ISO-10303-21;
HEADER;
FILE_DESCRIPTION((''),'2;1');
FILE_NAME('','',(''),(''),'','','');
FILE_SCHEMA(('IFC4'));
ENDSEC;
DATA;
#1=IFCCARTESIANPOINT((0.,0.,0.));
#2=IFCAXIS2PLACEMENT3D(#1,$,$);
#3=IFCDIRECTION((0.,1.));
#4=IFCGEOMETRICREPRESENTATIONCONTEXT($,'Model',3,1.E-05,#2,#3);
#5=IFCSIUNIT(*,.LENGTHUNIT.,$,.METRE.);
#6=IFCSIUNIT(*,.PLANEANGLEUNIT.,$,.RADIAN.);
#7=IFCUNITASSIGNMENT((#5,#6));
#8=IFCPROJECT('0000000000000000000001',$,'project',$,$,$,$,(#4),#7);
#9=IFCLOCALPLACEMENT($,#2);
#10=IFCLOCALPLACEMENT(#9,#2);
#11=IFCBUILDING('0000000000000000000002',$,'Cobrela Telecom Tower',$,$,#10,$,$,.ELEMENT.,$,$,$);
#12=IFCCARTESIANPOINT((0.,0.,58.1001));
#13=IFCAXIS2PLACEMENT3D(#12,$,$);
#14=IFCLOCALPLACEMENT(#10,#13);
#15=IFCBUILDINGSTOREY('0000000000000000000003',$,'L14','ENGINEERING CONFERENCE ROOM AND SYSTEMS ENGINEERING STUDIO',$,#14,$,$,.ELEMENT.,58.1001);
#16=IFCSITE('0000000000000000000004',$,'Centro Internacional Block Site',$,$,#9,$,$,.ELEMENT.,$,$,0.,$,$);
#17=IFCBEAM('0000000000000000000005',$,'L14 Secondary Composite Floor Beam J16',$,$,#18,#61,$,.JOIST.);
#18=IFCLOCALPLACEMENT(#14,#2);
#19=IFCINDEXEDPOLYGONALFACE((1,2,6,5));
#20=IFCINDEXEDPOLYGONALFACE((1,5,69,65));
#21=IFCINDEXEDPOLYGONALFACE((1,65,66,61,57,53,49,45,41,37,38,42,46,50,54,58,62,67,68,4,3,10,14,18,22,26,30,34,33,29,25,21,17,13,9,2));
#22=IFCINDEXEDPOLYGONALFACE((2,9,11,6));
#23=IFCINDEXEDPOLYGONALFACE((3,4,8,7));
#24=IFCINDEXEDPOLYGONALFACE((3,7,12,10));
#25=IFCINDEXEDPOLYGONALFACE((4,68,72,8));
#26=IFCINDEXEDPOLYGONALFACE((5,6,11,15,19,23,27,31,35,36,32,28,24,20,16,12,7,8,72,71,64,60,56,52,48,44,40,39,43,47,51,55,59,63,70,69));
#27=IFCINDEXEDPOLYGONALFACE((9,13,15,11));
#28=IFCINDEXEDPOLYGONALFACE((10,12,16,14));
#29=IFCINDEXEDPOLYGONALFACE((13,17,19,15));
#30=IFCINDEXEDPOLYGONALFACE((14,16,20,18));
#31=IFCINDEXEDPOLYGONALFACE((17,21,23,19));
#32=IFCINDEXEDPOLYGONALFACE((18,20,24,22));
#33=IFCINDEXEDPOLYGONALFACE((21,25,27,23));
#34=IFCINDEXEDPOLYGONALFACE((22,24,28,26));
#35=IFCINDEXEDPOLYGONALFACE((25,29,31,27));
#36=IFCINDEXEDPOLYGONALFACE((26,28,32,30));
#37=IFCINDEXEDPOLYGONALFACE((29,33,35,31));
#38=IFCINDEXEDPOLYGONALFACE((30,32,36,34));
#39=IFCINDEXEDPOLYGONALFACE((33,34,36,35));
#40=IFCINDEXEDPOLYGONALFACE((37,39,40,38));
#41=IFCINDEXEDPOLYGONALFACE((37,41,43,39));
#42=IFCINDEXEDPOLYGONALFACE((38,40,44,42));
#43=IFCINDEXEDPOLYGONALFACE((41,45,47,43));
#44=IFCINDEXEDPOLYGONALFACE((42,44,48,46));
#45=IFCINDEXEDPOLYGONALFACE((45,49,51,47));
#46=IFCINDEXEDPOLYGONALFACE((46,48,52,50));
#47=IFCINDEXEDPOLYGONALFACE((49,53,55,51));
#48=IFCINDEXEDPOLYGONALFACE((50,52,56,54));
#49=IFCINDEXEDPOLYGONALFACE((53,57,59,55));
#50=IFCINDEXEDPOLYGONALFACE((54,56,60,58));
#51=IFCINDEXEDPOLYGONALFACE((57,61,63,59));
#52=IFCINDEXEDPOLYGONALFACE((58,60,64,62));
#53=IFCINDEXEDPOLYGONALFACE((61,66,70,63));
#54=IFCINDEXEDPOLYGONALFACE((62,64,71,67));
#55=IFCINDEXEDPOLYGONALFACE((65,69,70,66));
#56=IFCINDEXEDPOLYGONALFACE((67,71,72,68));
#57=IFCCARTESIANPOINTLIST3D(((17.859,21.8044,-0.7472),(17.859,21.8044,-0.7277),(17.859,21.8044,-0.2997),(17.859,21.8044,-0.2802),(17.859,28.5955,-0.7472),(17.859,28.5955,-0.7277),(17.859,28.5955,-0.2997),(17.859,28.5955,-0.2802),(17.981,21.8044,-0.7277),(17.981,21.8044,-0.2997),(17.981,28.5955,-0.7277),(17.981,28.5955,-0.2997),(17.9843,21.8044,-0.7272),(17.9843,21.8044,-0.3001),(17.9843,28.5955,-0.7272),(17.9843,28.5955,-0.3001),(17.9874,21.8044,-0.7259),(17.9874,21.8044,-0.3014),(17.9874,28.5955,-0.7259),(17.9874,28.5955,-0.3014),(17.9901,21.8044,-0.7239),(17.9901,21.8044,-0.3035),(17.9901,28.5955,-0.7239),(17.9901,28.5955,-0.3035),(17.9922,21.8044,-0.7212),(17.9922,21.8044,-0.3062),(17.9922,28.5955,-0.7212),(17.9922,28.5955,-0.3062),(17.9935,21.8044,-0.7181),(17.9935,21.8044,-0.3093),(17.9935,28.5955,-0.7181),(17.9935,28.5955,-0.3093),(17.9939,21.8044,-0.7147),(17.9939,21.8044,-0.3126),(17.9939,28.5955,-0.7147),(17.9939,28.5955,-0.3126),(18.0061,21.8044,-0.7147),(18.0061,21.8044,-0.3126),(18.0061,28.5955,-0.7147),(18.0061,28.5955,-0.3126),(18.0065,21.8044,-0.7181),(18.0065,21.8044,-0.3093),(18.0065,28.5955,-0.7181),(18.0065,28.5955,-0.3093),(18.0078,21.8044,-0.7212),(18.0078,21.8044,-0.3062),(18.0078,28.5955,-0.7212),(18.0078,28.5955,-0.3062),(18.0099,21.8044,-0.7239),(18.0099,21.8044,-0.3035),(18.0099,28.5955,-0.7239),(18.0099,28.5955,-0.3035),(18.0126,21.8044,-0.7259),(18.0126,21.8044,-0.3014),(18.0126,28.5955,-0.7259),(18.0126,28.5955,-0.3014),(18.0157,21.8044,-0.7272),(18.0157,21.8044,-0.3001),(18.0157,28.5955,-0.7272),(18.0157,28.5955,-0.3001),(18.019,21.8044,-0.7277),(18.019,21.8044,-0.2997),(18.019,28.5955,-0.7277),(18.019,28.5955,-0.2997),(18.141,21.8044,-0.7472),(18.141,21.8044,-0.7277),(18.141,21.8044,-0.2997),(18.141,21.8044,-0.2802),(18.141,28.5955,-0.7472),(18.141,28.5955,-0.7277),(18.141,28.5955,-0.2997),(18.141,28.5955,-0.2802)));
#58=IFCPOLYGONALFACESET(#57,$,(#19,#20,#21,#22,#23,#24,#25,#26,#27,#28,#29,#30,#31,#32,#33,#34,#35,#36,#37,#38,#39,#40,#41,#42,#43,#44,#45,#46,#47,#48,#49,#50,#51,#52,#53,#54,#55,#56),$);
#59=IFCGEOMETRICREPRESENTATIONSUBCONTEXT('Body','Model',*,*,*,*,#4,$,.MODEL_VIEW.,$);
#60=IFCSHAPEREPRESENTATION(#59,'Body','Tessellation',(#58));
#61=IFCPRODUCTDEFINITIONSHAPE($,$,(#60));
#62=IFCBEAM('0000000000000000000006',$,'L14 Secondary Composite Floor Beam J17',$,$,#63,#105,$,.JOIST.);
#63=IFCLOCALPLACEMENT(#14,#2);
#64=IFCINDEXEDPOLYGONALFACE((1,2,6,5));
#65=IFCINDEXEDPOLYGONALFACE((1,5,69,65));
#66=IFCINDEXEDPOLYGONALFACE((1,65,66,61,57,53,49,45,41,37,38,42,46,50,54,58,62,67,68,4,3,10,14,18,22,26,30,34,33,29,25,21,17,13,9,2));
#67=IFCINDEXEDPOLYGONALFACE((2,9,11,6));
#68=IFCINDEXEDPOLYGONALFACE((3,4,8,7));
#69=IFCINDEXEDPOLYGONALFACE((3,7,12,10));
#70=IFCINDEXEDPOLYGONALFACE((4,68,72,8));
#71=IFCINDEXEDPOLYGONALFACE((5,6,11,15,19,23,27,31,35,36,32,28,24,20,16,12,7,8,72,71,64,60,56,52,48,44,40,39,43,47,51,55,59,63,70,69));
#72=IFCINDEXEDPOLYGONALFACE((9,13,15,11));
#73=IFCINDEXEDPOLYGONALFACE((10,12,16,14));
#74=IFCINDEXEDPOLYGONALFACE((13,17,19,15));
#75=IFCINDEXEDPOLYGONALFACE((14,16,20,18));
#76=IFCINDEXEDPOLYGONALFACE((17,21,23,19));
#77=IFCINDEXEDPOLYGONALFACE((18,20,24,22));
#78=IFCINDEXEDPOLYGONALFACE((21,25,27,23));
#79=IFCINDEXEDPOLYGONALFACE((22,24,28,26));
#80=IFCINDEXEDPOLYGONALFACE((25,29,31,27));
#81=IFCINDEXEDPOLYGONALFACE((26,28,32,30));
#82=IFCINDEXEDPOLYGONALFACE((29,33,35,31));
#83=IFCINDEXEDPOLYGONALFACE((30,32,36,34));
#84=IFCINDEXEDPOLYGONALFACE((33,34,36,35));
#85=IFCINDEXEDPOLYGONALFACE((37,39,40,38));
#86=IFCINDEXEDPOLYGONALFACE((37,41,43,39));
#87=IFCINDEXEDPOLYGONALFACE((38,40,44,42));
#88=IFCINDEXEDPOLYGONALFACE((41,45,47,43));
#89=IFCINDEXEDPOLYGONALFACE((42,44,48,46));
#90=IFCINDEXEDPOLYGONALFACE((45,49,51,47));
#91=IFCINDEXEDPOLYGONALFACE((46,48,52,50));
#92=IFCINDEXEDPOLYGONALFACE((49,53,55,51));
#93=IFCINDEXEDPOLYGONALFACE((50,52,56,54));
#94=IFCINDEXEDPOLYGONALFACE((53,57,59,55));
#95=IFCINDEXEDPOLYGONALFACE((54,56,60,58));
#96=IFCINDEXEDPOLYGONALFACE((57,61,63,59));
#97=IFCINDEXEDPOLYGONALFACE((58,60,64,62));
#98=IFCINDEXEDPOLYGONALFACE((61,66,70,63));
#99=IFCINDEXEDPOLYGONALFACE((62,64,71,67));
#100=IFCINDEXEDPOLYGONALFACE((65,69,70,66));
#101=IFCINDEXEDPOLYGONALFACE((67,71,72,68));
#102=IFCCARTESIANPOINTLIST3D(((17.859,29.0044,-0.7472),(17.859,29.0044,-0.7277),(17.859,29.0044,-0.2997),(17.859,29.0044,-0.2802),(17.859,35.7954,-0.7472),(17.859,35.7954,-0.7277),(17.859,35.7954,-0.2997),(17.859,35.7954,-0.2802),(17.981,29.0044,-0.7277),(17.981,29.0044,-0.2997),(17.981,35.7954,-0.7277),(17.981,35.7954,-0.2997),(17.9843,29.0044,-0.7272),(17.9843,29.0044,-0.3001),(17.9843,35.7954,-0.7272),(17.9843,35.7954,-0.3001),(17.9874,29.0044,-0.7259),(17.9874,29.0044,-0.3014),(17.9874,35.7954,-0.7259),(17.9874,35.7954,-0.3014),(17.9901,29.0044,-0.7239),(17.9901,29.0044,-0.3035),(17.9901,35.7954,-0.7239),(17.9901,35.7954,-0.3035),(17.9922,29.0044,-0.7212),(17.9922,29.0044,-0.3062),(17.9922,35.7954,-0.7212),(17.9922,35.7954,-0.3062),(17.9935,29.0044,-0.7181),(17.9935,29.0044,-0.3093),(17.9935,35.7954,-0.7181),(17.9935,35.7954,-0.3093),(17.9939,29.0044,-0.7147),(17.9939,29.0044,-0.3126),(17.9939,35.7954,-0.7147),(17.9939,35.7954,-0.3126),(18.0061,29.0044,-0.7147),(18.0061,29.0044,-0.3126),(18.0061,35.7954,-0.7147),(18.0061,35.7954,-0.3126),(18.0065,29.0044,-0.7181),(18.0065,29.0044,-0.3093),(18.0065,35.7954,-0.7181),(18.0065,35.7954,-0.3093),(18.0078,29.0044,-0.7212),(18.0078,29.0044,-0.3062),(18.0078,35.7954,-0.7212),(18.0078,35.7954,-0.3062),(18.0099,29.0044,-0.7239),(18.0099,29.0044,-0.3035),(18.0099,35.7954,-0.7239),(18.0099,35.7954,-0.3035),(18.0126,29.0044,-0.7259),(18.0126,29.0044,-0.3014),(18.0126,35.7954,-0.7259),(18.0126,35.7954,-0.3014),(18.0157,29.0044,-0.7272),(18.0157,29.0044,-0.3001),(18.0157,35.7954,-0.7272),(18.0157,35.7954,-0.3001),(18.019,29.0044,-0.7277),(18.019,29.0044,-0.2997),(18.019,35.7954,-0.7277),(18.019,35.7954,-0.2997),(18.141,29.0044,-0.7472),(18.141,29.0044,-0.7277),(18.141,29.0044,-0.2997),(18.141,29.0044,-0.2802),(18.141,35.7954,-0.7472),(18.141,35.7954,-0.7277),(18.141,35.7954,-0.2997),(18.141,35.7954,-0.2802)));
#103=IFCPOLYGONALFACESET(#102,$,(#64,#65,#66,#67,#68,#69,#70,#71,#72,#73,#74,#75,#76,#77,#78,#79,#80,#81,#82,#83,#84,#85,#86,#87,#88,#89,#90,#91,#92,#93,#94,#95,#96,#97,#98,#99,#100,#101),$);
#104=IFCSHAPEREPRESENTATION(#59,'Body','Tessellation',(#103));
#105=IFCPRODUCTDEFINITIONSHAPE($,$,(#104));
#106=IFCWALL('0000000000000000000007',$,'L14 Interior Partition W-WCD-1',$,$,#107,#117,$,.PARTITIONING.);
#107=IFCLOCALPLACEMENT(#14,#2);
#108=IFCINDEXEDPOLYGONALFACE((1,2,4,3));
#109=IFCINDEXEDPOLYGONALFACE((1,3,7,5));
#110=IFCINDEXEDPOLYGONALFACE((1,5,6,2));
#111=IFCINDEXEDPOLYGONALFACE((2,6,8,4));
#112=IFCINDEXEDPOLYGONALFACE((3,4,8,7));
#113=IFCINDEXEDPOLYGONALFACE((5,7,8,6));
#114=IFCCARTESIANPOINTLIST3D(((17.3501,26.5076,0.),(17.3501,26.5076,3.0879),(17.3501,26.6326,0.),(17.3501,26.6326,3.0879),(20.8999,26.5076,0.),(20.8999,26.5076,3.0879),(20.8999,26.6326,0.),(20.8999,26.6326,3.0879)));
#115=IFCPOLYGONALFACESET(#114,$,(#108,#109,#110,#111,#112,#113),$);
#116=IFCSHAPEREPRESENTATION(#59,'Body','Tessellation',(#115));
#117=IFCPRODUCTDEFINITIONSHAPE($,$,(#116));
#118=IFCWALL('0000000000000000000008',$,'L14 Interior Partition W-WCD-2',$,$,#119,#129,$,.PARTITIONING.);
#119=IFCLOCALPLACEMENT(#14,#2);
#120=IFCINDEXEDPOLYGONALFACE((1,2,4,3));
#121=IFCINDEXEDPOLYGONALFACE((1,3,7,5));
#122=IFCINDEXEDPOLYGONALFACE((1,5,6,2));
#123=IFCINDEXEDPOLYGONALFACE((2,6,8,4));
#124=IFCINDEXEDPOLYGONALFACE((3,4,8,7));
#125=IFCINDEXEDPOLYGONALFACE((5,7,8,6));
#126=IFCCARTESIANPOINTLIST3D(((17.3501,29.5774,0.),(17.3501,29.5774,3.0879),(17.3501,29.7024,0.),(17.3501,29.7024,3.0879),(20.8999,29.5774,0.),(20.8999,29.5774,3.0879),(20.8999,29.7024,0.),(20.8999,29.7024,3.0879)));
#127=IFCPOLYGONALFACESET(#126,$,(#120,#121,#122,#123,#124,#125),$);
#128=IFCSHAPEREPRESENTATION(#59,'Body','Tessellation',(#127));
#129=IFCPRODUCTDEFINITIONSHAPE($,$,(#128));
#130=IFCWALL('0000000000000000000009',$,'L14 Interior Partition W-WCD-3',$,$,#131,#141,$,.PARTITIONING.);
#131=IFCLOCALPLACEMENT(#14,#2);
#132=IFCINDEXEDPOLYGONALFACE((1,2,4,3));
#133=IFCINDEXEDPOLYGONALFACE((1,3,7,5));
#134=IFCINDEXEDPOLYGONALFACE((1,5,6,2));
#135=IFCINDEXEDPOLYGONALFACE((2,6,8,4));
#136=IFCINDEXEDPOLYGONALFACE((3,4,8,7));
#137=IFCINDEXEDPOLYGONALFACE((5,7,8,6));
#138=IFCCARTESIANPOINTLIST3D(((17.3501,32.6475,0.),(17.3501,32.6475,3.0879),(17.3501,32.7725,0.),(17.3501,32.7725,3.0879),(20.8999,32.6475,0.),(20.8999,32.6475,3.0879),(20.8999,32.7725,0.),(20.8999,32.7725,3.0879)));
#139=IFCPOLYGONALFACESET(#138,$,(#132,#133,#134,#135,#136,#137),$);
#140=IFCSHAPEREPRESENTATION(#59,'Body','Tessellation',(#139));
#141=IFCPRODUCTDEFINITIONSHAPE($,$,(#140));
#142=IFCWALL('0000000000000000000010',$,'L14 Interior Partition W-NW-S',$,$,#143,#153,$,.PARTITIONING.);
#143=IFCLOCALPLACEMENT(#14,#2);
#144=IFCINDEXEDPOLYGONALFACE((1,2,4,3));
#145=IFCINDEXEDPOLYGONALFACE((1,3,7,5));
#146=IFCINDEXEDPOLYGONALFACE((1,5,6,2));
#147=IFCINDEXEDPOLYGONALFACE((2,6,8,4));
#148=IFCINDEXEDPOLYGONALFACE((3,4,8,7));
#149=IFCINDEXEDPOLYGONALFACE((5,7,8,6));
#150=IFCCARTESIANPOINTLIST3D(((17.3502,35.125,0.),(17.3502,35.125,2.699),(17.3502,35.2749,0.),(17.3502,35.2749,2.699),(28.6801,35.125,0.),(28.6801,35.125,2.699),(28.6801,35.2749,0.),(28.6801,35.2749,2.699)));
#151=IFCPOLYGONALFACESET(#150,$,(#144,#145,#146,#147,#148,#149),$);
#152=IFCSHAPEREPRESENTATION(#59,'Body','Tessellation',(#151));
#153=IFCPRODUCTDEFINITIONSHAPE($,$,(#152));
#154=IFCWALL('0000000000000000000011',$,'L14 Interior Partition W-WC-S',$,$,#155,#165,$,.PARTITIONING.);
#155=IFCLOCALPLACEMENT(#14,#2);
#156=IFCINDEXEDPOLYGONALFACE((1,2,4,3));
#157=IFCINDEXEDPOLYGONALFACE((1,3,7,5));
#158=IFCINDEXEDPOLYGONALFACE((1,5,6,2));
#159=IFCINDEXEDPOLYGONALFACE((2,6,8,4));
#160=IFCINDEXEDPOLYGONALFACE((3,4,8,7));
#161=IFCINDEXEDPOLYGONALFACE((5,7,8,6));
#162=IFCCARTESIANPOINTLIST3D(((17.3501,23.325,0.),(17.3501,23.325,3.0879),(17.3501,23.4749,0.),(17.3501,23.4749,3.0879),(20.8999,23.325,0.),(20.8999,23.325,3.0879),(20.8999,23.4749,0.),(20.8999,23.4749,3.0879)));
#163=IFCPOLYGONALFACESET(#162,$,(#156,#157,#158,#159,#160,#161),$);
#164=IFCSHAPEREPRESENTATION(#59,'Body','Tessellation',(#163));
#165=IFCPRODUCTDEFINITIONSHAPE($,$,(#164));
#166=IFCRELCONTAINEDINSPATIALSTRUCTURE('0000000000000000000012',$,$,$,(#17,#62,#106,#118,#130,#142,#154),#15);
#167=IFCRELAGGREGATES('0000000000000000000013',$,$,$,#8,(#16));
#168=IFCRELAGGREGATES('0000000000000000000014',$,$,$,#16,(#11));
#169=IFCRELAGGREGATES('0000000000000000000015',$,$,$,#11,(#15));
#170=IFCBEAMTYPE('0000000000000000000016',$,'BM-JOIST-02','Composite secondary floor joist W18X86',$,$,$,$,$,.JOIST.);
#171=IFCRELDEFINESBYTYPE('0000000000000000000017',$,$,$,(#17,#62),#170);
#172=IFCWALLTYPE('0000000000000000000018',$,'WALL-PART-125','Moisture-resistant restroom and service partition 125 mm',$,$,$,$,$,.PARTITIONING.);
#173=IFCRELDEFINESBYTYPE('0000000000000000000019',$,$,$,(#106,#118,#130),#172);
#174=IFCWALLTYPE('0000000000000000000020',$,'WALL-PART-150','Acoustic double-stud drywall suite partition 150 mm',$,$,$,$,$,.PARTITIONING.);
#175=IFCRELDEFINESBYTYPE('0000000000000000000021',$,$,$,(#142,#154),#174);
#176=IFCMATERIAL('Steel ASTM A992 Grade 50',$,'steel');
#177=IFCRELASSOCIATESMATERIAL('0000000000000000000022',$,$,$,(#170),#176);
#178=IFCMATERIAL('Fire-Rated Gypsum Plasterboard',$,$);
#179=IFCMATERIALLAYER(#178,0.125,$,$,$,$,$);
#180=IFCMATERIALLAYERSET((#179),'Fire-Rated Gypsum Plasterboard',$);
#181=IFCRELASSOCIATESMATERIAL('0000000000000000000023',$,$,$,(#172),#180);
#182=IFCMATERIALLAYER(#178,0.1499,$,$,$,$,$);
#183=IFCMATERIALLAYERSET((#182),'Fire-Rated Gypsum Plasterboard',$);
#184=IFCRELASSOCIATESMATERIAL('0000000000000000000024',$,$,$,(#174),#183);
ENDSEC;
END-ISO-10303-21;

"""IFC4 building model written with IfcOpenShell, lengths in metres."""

from ifc_helpers import new_model, si_unit, direction, frame, frame_2d, origin, origin_2d, place, context, subcontext, project, spatial, rectangle, i_section, extrude, material, layer, layer_set, material_profile, profile_set, type_object, element, save


model = new_model("IFC4")

# Units and contexts
model_context = context("Model", 3, precision=1e-05, world=origin(), true_north=direction((0.0, 1.0)))
body_context = subcontext(model_context, "Body", "Model", "MODEL_VIEW")
ifc_project = project(units=[si_unit("LENGTHUNIT", "METRE"), si_unit("PLANEANGLEUNIT", "RADIAN")], contexts=[model_context])

# Site, building, storey
site_placement = place(None, origin())
site = spatial("IfcSite", under=ifc_project, at=site_placement, Name="Centro Internacional Block Site", CompositionType="ELEMENT", RefElevation=0.0)
building_placement = place(site_placement, origin())
building = spatial("IfcBuilding", under=site, at=building_placement, Name="Cobrela Telecom Tower", CompositionType="ELEMENT")
storey_placement = place(building_placement, frame((0.0, 0.0, 58.1001)))
storey = spatial("IfcBuildingStorey", under=building, at=storey_placement, Name="L14", Description="ENGINEERING CONFERENCE ROOM AND SYSTEMS ENGINEERING STUDIO", CompositionType="ELEMENT", Elevation=58.1001)

# Beams
ifc_material_1 = material(Name="Steel ASTM A992 Grade 50", Category="steel")
ifc_material_profile_1 = material_profile(ifc_material_1, i_section(OverallWidth=0.282, OverallDepth=0.467, WebThickness=0.0122, FlangeThickness=0.0195, FilletRadius=0.0129, at=origin_2d()), Name="W18X86")
ifc_profile_set_1 = profile_set([ifc_material_profile_1], Name="Steel ASTM A992 Grade 50")
beam_type_1 = type_object("IfcBeamType", Name="BM-JOIST-02", Description="Composite secondary floor joist W18X86", PredefinedType="JOIST", material=ifc_profile_set_1)
for number, where, z_axis, x_axis, name in (
    (1, (18.0, 21.8044, -0.5137), (0.0, 1.0, 0.0), (-1.0, 0.0, 0.0), "L14 Secondary Composite Floor Beam J16"),
    (2, (18.0, 29.0044, -0.5137), (0.0, 1.0, 0.0), (-1.0, 0.0, 0.0), "L14 Secondary Composite Floor Beam J17"),
):
    element("IfcBeam", number, at=place(storey_placement, frame(where, z_axis=z_axis, x_axis=x_axis)), inside=storey, type_object=beam_type_1, Name=name, PredefinedType="JOIST", context=body_context, shape_type="SweptSolid", body=[
        extrude(i_section(OverallWidth=0.282, OverallDepth=0.467, WebThickness=0.0122, FlangeThickness=0.0195, FilletRadius=0.0129, at=origin_2d()), origin(), (0.0, 0.0, 1.0), 6.791),
    ])

# Walls
ifc_material_2 = material(Name="Fire-Rated Gypsum Plasterboard")
ifc_layer_1 = layer(ifc_material_2, 0.125)
ifc_layer_set_1 = layer_set([ifc_layer_1], Name="Fire-Rated Gypsum Plasterboard")
wall_type_1 = type_object("IfcWallType", Name="WALL-PART-125", Description="Moisture-resistant restroom and service partition 125 mm", PredefinedType="PARTITIONING", material=ifc_layer_set_1)
for number, where, z_axis, x_axis, name in (
    (3, (17.3501, 26.5701, 0.0), (0.0, 0.0, 1.0), (1.0, 0.0, 0.0), "L14 Interior Partition W-WCD-1"),
    (4, (17.3501, 29.6399, 0.0), (0.0, 0.0, 1.0), (1.0, 0.0, 0.0), "L14 Interior Partition W-WCD-2"),
    (5, (17.3501, 32.71, 0.0), (0.0, 0.0, 1.0), (1.0, 0.0, 0.0), "L14 Interior Partition W-WCD-3"),
):
    element("IfcWall", number, at=place(storey_placement, frame(where, z_axis=z_axis, x_axis=x_axis)), inside=storey, type_object=wall_type_1, Name=name, PredefinedType="PARTITIONING", context=body_context, shape_type="SweptSolid", body=[
        extrude(rectangle(XDim=3.5498, YDim=0.125, at=frame_2d((1.7749, 0.0))), origin(), (0.0, 0.0, 1.0), 3.0879),
    ])

# Shared definitions
ifc_layer_2 = layer(ifc_material_2, 0.1499)
ifc_layer_set_2 = layer_set([ifc_layer_2], Name="Fire-Rated Gypsum Plasterboard")
wall_type_2 = type_object("IfcWallType", Name="WALL-PART-150", Description="Acoustic double-stud drywall suite partition 150 mm", PredefinedType="PARTITIONING", material=ifc_layer_set_2)

# Walls
wall_1_placement = place(storey_placement, frame((17.3501, 35.2, 0.0), z_axis=(0.0, 0.0, 1.0), x_axis=(1.0, 0.0, 0.0)))
element("IfcWall", 6, at=wall_1_placement, inside=storey, type_object=wall_type_2, Name="L14 Interior Partition W-NW-S", PredefinedType="PARTITIONING", context=body_context, shape_type="SweptSolid", body=[
    extrude(rectangle(XDim=11.3298, YDim=0.1499, at=frame_2d((5.665, 0.0))), origin(), (0.0, 0.0, 1.0), 2.699),
])
wall_2_placement = place(storey_placement, frame((17.3501, 23.3999, 0.0), z_axis=(0.0, 0.0, 1.0), x_axis=(1.0, 0.0, 0.0)))
element("IfcWall", 7, at=wall_2_placement, inside=storey, type_object=wall_type_2, Name="L14 Interior Partition W-WC-S", PredefinedType="PARTITIONING", context=body_context, shape_type="SweptSolid", body=[
    extrude(rectangle(XDim=3.5498, YDim=0.1499, at=frame_2d((1.7749, 0.0))), origin(), (0.0, 0.0, 1.0), 3.0879),
])

save(model, "model.ifc")
